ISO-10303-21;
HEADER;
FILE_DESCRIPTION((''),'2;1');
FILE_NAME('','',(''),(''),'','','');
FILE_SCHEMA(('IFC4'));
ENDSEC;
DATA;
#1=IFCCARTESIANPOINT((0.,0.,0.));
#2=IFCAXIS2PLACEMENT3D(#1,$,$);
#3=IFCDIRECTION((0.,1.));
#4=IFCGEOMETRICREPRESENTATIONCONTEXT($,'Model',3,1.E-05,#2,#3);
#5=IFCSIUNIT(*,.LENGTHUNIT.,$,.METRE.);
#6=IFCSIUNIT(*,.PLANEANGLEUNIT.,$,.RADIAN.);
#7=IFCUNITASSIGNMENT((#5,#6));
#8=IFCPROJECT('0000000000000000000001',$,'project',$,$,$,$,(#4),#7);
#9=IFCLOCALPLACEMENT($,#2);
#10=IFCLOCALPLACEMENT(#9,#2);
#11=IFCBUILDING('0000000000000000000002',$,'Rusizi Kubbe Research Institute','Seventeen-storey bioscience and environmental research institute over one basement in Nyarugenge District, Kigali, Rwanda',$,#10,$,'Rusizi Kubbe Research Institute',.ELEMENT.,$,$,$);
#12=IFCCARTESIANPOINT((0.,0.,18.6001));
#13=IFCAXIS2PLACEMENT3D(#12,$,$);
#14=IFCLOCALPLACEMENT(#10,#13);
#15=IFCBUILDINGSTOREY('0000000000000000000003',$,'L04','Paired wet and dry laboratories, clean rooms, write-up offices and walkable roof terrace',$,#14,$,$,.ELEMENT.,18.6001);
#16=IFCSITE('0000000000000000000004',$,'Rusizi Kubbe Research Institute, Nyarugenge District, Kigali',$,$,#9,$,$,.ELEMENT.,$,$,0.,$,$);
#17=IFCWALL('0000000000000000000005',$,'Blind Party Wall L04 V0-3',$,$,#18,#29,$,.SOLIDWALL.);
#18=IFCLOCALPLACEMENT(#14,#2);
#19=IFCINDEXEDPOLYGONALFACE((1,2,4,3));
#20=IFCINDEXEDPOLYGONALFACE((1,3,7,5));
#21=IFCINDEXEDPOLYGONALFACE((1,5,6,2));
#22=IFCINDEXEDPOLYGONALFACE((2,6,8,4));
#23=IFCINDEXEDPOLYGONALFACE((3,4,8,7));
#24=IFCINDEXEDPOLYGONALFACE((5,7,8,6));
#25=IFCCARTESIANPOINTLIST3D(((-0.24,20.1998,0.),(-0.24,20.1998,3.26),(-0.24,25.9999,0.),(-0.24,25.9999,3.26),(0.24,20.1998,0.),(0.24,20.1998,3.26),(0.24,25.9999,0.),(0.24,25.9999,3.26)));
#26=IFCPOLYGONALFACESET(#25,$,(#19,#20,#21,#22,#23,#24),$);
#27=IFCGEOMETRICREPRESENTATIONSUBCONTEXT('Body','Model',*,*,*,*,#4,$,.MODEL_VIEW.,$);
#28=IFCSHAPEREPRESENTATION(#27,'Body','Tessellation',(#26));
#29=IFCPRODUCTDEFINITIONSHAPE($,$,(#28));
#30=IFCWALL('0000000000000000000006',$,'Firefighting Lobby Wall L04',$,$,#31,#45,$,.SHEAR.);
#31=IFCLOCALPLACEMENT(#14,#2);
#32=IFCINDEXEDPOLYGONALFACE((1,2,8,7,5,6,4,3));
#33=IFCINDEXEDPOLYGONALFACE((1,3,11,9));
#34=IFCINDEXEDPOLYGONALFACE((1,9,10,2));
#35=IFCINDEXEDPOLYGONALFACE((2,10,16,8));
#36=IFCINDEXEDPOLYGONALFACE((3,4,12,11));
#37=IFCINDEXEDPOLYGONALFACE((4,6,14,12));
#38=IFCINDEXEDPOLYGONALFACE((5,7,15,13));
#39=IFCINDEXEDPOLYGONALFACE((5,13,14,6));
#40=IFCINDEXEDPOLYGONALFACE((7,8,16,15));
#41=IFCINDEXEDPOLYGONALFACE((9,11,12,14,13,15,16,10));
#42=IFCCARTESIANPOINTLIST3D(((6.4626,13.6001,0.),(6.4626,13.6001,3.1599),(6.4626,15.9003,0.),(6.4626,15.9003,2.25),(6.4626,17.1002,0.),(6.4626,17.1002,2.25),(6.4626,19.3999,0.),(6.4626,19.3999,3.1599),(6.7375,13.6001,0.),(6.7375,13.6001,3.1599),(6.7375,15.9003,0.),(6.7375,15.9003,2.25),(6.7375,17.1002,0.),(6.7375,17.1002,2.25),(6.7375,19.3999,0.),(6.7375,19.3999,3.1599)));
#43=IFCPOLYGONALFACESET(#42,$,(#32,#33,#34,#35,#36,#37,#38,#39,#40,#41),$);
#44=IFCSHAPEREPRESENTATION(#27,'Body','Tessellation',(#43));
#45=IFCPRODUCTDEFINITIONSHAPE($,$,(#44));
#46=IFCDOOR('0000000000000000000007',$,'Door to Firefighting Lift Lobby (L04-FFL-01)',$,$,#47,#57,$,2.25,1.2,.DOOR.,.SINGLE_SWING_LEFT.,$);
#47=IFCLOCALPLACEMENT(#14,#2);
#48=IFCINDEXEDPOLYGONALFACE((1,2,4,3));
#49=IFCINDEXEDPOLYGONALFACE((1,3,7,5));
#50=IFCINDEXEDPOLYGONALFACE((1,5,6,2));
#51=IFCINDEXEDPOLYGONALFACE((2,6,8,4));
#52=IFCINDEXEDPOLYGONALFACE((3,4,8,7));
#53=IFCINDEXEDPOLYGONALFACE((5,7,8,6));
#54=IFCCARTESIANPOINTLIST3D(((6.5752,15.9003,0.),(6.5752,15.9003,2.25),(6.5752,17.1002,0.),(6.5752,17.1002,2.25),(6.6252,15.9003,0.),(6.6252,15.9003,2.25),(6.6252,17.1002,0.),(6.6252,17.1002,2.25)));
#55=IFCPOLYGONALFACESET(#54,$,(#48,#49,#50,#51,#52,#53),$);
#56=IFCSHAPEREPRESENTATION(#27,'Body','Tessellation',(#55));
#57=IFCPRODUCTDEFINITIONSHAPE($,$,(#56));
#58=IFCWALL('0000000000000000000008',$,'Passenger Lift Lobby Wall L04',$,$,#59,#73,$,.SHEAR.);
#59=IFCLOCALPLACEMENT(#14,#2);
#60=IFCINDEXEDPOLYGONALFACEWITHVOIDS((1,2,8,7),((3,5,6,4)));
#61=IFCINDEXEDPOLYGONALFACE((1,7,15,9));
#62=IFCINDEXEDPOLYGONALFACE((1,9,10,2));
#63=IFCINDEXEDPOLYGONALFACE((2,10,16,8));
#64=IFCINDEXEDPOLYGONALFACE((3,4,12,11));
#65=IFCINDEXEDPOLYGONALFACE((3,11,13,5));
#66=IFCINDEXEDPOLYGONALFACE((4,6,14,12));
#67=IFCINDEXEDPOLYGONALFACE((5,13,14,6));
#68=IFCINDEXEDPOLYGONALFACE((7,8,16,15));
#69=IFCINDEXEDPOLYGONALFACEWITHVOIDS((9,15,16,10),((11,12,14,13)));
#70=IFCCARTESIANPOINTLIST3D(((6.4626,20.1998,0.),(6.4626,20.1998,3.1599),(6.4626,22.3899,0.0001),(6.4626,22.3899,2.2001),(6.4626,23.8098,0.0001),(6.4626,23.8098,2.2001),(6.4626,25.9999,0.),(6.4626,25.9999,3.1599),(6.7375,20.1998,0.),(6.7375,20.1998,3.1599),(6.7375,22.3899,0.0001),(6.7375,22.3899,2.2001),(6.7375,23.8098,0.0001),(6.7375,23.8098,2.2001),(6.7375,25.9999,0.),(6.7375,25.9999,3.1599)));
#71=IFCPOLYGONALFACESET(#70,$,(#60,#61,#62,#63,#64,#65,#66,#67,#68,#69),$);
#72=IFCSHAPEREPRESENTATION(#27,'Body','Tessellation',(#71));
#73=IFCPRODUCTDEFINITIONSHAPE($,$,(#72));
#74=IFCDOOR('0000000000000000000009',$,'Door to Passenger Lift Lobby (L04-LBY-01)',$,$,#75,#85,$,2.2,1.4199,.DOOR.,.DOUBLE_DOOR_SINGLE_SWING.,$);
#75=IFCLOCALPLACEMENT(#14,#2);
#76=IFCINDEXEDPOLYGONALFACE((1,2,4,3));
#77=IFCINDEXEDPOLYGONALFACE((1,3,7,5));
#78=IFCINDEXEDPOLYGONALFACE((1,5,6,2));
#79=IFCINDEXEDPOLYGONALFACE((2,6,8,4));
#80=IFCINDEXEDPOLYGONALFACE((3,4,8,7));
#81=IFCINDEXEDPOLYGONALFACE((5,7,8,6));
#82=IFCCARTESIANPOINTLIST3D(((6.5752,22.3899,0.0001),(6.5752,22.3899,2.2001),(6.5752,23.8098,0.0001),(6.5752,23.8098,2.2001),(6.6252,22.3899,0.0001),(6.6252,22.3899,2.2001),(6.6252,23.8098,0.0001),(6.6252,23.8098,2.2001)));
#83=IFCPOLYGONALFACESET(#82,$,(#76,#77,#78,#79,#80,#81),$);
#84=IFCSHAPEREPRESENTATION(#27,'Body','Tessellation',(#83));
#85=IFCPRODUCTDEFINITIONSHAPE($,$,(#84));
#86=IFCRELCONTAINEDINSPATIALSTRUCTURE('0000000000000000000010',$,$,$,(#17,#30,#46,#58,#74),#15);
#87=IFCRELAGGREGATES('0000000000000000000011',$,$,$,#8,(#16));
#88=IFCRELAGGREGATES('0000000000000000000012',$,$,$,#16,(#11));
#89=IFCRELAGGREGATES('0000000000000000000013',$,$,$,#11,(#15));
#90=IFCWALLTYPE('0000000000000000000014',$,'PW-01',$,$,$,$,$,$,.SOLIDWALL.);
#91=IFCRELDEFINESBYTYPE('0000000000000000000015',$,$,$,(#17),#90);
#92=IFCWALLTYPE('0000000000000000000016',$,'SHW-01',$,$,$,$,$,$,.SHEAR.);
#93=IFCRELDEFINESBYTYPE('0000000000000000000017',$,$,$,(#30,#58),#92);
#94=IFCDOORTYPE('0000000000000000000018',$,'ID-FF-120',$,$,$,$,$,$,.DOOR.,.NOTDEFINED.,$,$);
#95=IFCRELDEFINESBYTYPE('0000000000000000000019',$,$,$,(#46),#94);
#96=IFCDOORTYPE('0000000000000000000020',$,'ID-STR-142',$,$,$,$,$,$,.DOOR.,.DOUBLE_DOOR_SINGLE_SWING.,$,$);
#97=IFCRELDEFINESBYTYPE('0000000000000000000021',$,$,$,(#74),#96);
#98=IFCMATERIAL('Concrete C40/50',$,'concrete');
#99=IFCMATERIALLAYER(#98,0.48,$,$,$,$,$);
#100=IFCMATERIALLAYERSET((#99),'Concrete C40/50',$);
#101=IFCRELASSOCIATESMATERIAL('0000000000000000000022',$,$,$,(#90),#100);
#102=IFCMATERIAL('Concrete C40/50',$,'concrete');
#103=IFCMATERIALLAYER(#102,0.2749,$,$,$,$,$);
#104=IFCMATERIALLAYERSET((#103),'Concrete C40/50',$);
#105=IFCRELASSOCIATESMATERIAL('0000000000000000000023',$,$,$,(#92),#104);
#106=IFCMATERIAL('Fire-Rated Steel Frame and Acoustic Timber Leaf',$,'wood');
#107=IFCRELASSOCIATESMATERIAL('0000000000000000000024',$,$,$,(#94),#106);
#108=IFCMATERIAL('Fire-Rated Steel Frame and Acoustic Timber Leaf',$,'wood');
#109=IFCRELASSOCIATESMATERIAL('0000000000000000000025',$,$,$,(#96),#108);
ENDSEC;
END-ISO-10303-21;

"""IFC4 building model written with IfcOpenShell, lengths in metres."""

from ifc_helpers import new_model, si_unit, direction, frame, frame_2d, origin, place, context, subcontext, project, spatial, rectangle, extrude, material, layer, layer_set, type_object, element, fill, save


model = new_model("IFC4")

# Units and contexts
model_context = context("Model", 3, precision=1e-05, world=origin(), true_north=direction((0.0, 1.0)))
body_context = subcontext(model_context, "Body", "Model", "MODEL_VIEW")
ifc_project = project(units=[si_unit("LENGTHUNIT", "METRE"), si_unit("PLANEANGLEUNIT", "RADIAN")], contexts=[model_context])

# Site, building, storey
site_placement = place(None, origin())
site = spatial("IfcSite", under=ifc_project, at=site_placement, Name="Rusizi Kubbe Research Institute, Nyarugenge District, Kigali", CompositionType="ELEMENT", RefElevation=0.0)
building_placement = place(site_placement, origin())
building = spatial("IfcBuilding", under=site, at=building_placement, Name="Rusizi Kubbe Research Institute", Description="Seventeen-storey bioscience and environmental research institute over one basement in Nyarugenge District, Kigali, Rwanda", LongName="Rusizi Kubbe Research Institute", CompositionType="ELEMENT")
storey_placement = place(building_placement, frame((0.0, 0.0, 18.6001)))
storey = spatial("IfcBuildingStorey", under=building, at=storey_placement, Name="L04", Description="Paired wet and dry laboratories, clean rooms, write-up offices and walkable roof terrace", CompositionType="ELEMENT", Elevation=18.6001)

# Wall
ifc_material_1 = material(Name="Concrete C40/50", Category="concrete")
ifc_layer_1 = layer(ifc_material_1, 0.48)
ifc_layer_set_1 = layer_set([ifc_layer_1], Name="Concrete C40/50")
wall_type_1 = type_object("IfcWallType", Name="PW-01", PredefinedType="SOLIDWALL", material=ifc_layer_set_1)
wall_1_placement = place(storey_placement, frame((0.0, 20.2, 0.0), z_axis=(0.0, 0.0, 1.0), x_axis=(0.0, 1.0, 0.0)))
element("IfcWall", 1, at=wall_1_placement, inside=storey, type_object=wall_type_1, Name="Blind Party Wall L04 V0-3", PredefinedType="SOLIDWALL", context=body_context, shape_type="SweptSolid", body=[
    extrude(rectangle(XDim=5.8, YDim=0.48, at=frame_2d((2.8999, 0.0))), origin(), (0.0, 0.0, 1.0), 3.26),
])

# Walls, openings, doors
ifc_material_2 = material(Name="Concrete C40/50", Category="concrete")
ifc_layer_2 = layer(ifc_material_2, 0.2749)
ifc_layer_set_2 = layer_set([ifc_layer_2], Name="Concrete C40/50")
wall_type_2 = type_object("IfcWallType", Name="SHW-01", PredefinedType="SHEAR", material=ifc_layer_set_2)
wall_2_placement = place(storey_placement, frame((6.6001, 13.6001, 0.0), z_axis=(0.0, 0.0, 1.0), x_axis=(0.0, 1.0, 0.0)))
wall_2 = element("IfcWall", 2, at=wall_2_placement, inside=storey, type_object=wall_type_2, Name="Firefighting Lobby Wall L04", PredefinedType="SHEAR", context=body_context, shape_type="SweptSolid", body=[
    extrude(rectangle(XDim=5.7998, YDim=0.2749, at=frame_2d((2.8999, 0.0))), origin(), (0.0, 0.0, 1.0), 3.1599),
])
opening_1_placement = place(wall_2_placement, frame((2.3, 0.0, 0.0)))
opening_1 = element("IfcOpeningElement", 3, at=opening_1_placement, cuts=wall_2, PredefinedType="OPENING", context=body_context, shape_type="SweptSolid", body=[
    extrude(rectangle(XDim=1.2, YDim=2.25, at=frame_2d((0.6001, 1.125))), frame((0.0, 0.1475, 0.0), z_axis=(0.0, -1.0, 0.0), x_axis=(1.0, 0.0, 0.0)), (0.0, 0.0, 1.0), 0.2949),
])
ifc_material_3 = material(Name="Fire-Rated Steel Frame and Acoustic Timber Leaf", Category="wood")
door_type_1 = type_object("IfcDoorType", Name="ID-FF-120", OperationType="NOTDEFINED", PredefinedType="DOOR", material=ifc_material_3)
door_1_placement = place(opening_1_placement, origin())
door_1 = element("IfcDoor", 4, at=door_1_placement, inside=storey, type_object=door_type_1, Name="Door to Firefighting Lift Lobby (L04-FFL-01)", OperationType="SINGLE_SWING_LEFT", OverallHeight=2.25, OverallWidth=1.2, PredefinedType="DOOR", context=body_context, shape_type="SweptSolid", body=[
    extrude(rectangle(XDim=1.2, YDim=2.25, at=frame_2d((0.6001, 1.125))), frame((0.0, 0.0249, 0.0), z_axis=(0.0, -1.0, 0.0), x_axis=(1.0, 0.0, 0.0)), (0.0, 0.0, 1.0), 0.05),
])
fill(opening_1, door_1)
wall_3_placement = place(storey_placement, frame((6.6001, 20.2, 0.0), z_axis=(0.0, 0.0, 1.0), x_axis=(0.0, 1.0, 0.0)))
wall_3 = element("IfcWall", 5, at=wall_3_placement, inside=storey, type_object=wall_type_2, Name="Passenger Lift Lobby Wall L04", PredefinedType="SHEAR", context=body_context, shape_type="SweptSolid", body=[
    extrude(rectangle(XDim=5.8, YDim=0.2749, at=frame_2d((2.8999, 0.0))), origin(), (0.0, 0.0, 1.0), 3.1599),
])
opening_2_placement = place(wall_3_placement, frame((2.1899, 0.0, 0.0)))
opening_2 = element("IfcOpeningElement", 6, at=opening_2_placement, cuts=wall_3, PredefinedType="OPENING", context=body_context, shape_type="SweptSolid", body=[
    extrude(rectangle(XDim=1.4199, YDim=2.2, at=frame_2d((0.71, 1.1001))), frame((0.0, 0.1475, 0.0), z_axis=(0.0, -1.0, 0.0), x_axis=(1.0, 0.0, 0.0)), (0.0, 0.0, 1.0), 0.2949),
])
ifc_material_4 = material(Name="Fire-Rated Steel Frame and Acoustic Timber Leaf", Category="wood")
door_type_2 = type_object("IfcDoorType", Name="ID-STR-142", OperationType="DOUBLE_DOOR_SINGLE_SWING", PredefinedType="DOOR", material=ifc_material_4)
door_2_placement = place(opening_2_placement, origin())
door_2 = element("IfcDoor", 7, at=door_2_placement, inside=storey, type_object=door_type_2, Name="Door to Passenger Lift Lobby (L04-LBY-01)", OperationType="DOUBLE_DOOR_SINGLE_SWING", OverallHeight=2.2, OverallWidth=1.4199, PredefinedType="DOOR", context=body_context, shape_type="SweptSolid", body=[
    extrude(rectangle(XDim=1.4199, YDim=2.2, at=frame_2d((0.71, 1.1001))), frame((0.0, 0.0249, 0.0), z_axis=(0.0, -1.0, 0.0), x_axis=(1.0, 0.0, 0.0)), (0.0, 0.0, 1.0), 0.05),
])
fill(opening_2, door_2)

save(model, "model.ifc")
